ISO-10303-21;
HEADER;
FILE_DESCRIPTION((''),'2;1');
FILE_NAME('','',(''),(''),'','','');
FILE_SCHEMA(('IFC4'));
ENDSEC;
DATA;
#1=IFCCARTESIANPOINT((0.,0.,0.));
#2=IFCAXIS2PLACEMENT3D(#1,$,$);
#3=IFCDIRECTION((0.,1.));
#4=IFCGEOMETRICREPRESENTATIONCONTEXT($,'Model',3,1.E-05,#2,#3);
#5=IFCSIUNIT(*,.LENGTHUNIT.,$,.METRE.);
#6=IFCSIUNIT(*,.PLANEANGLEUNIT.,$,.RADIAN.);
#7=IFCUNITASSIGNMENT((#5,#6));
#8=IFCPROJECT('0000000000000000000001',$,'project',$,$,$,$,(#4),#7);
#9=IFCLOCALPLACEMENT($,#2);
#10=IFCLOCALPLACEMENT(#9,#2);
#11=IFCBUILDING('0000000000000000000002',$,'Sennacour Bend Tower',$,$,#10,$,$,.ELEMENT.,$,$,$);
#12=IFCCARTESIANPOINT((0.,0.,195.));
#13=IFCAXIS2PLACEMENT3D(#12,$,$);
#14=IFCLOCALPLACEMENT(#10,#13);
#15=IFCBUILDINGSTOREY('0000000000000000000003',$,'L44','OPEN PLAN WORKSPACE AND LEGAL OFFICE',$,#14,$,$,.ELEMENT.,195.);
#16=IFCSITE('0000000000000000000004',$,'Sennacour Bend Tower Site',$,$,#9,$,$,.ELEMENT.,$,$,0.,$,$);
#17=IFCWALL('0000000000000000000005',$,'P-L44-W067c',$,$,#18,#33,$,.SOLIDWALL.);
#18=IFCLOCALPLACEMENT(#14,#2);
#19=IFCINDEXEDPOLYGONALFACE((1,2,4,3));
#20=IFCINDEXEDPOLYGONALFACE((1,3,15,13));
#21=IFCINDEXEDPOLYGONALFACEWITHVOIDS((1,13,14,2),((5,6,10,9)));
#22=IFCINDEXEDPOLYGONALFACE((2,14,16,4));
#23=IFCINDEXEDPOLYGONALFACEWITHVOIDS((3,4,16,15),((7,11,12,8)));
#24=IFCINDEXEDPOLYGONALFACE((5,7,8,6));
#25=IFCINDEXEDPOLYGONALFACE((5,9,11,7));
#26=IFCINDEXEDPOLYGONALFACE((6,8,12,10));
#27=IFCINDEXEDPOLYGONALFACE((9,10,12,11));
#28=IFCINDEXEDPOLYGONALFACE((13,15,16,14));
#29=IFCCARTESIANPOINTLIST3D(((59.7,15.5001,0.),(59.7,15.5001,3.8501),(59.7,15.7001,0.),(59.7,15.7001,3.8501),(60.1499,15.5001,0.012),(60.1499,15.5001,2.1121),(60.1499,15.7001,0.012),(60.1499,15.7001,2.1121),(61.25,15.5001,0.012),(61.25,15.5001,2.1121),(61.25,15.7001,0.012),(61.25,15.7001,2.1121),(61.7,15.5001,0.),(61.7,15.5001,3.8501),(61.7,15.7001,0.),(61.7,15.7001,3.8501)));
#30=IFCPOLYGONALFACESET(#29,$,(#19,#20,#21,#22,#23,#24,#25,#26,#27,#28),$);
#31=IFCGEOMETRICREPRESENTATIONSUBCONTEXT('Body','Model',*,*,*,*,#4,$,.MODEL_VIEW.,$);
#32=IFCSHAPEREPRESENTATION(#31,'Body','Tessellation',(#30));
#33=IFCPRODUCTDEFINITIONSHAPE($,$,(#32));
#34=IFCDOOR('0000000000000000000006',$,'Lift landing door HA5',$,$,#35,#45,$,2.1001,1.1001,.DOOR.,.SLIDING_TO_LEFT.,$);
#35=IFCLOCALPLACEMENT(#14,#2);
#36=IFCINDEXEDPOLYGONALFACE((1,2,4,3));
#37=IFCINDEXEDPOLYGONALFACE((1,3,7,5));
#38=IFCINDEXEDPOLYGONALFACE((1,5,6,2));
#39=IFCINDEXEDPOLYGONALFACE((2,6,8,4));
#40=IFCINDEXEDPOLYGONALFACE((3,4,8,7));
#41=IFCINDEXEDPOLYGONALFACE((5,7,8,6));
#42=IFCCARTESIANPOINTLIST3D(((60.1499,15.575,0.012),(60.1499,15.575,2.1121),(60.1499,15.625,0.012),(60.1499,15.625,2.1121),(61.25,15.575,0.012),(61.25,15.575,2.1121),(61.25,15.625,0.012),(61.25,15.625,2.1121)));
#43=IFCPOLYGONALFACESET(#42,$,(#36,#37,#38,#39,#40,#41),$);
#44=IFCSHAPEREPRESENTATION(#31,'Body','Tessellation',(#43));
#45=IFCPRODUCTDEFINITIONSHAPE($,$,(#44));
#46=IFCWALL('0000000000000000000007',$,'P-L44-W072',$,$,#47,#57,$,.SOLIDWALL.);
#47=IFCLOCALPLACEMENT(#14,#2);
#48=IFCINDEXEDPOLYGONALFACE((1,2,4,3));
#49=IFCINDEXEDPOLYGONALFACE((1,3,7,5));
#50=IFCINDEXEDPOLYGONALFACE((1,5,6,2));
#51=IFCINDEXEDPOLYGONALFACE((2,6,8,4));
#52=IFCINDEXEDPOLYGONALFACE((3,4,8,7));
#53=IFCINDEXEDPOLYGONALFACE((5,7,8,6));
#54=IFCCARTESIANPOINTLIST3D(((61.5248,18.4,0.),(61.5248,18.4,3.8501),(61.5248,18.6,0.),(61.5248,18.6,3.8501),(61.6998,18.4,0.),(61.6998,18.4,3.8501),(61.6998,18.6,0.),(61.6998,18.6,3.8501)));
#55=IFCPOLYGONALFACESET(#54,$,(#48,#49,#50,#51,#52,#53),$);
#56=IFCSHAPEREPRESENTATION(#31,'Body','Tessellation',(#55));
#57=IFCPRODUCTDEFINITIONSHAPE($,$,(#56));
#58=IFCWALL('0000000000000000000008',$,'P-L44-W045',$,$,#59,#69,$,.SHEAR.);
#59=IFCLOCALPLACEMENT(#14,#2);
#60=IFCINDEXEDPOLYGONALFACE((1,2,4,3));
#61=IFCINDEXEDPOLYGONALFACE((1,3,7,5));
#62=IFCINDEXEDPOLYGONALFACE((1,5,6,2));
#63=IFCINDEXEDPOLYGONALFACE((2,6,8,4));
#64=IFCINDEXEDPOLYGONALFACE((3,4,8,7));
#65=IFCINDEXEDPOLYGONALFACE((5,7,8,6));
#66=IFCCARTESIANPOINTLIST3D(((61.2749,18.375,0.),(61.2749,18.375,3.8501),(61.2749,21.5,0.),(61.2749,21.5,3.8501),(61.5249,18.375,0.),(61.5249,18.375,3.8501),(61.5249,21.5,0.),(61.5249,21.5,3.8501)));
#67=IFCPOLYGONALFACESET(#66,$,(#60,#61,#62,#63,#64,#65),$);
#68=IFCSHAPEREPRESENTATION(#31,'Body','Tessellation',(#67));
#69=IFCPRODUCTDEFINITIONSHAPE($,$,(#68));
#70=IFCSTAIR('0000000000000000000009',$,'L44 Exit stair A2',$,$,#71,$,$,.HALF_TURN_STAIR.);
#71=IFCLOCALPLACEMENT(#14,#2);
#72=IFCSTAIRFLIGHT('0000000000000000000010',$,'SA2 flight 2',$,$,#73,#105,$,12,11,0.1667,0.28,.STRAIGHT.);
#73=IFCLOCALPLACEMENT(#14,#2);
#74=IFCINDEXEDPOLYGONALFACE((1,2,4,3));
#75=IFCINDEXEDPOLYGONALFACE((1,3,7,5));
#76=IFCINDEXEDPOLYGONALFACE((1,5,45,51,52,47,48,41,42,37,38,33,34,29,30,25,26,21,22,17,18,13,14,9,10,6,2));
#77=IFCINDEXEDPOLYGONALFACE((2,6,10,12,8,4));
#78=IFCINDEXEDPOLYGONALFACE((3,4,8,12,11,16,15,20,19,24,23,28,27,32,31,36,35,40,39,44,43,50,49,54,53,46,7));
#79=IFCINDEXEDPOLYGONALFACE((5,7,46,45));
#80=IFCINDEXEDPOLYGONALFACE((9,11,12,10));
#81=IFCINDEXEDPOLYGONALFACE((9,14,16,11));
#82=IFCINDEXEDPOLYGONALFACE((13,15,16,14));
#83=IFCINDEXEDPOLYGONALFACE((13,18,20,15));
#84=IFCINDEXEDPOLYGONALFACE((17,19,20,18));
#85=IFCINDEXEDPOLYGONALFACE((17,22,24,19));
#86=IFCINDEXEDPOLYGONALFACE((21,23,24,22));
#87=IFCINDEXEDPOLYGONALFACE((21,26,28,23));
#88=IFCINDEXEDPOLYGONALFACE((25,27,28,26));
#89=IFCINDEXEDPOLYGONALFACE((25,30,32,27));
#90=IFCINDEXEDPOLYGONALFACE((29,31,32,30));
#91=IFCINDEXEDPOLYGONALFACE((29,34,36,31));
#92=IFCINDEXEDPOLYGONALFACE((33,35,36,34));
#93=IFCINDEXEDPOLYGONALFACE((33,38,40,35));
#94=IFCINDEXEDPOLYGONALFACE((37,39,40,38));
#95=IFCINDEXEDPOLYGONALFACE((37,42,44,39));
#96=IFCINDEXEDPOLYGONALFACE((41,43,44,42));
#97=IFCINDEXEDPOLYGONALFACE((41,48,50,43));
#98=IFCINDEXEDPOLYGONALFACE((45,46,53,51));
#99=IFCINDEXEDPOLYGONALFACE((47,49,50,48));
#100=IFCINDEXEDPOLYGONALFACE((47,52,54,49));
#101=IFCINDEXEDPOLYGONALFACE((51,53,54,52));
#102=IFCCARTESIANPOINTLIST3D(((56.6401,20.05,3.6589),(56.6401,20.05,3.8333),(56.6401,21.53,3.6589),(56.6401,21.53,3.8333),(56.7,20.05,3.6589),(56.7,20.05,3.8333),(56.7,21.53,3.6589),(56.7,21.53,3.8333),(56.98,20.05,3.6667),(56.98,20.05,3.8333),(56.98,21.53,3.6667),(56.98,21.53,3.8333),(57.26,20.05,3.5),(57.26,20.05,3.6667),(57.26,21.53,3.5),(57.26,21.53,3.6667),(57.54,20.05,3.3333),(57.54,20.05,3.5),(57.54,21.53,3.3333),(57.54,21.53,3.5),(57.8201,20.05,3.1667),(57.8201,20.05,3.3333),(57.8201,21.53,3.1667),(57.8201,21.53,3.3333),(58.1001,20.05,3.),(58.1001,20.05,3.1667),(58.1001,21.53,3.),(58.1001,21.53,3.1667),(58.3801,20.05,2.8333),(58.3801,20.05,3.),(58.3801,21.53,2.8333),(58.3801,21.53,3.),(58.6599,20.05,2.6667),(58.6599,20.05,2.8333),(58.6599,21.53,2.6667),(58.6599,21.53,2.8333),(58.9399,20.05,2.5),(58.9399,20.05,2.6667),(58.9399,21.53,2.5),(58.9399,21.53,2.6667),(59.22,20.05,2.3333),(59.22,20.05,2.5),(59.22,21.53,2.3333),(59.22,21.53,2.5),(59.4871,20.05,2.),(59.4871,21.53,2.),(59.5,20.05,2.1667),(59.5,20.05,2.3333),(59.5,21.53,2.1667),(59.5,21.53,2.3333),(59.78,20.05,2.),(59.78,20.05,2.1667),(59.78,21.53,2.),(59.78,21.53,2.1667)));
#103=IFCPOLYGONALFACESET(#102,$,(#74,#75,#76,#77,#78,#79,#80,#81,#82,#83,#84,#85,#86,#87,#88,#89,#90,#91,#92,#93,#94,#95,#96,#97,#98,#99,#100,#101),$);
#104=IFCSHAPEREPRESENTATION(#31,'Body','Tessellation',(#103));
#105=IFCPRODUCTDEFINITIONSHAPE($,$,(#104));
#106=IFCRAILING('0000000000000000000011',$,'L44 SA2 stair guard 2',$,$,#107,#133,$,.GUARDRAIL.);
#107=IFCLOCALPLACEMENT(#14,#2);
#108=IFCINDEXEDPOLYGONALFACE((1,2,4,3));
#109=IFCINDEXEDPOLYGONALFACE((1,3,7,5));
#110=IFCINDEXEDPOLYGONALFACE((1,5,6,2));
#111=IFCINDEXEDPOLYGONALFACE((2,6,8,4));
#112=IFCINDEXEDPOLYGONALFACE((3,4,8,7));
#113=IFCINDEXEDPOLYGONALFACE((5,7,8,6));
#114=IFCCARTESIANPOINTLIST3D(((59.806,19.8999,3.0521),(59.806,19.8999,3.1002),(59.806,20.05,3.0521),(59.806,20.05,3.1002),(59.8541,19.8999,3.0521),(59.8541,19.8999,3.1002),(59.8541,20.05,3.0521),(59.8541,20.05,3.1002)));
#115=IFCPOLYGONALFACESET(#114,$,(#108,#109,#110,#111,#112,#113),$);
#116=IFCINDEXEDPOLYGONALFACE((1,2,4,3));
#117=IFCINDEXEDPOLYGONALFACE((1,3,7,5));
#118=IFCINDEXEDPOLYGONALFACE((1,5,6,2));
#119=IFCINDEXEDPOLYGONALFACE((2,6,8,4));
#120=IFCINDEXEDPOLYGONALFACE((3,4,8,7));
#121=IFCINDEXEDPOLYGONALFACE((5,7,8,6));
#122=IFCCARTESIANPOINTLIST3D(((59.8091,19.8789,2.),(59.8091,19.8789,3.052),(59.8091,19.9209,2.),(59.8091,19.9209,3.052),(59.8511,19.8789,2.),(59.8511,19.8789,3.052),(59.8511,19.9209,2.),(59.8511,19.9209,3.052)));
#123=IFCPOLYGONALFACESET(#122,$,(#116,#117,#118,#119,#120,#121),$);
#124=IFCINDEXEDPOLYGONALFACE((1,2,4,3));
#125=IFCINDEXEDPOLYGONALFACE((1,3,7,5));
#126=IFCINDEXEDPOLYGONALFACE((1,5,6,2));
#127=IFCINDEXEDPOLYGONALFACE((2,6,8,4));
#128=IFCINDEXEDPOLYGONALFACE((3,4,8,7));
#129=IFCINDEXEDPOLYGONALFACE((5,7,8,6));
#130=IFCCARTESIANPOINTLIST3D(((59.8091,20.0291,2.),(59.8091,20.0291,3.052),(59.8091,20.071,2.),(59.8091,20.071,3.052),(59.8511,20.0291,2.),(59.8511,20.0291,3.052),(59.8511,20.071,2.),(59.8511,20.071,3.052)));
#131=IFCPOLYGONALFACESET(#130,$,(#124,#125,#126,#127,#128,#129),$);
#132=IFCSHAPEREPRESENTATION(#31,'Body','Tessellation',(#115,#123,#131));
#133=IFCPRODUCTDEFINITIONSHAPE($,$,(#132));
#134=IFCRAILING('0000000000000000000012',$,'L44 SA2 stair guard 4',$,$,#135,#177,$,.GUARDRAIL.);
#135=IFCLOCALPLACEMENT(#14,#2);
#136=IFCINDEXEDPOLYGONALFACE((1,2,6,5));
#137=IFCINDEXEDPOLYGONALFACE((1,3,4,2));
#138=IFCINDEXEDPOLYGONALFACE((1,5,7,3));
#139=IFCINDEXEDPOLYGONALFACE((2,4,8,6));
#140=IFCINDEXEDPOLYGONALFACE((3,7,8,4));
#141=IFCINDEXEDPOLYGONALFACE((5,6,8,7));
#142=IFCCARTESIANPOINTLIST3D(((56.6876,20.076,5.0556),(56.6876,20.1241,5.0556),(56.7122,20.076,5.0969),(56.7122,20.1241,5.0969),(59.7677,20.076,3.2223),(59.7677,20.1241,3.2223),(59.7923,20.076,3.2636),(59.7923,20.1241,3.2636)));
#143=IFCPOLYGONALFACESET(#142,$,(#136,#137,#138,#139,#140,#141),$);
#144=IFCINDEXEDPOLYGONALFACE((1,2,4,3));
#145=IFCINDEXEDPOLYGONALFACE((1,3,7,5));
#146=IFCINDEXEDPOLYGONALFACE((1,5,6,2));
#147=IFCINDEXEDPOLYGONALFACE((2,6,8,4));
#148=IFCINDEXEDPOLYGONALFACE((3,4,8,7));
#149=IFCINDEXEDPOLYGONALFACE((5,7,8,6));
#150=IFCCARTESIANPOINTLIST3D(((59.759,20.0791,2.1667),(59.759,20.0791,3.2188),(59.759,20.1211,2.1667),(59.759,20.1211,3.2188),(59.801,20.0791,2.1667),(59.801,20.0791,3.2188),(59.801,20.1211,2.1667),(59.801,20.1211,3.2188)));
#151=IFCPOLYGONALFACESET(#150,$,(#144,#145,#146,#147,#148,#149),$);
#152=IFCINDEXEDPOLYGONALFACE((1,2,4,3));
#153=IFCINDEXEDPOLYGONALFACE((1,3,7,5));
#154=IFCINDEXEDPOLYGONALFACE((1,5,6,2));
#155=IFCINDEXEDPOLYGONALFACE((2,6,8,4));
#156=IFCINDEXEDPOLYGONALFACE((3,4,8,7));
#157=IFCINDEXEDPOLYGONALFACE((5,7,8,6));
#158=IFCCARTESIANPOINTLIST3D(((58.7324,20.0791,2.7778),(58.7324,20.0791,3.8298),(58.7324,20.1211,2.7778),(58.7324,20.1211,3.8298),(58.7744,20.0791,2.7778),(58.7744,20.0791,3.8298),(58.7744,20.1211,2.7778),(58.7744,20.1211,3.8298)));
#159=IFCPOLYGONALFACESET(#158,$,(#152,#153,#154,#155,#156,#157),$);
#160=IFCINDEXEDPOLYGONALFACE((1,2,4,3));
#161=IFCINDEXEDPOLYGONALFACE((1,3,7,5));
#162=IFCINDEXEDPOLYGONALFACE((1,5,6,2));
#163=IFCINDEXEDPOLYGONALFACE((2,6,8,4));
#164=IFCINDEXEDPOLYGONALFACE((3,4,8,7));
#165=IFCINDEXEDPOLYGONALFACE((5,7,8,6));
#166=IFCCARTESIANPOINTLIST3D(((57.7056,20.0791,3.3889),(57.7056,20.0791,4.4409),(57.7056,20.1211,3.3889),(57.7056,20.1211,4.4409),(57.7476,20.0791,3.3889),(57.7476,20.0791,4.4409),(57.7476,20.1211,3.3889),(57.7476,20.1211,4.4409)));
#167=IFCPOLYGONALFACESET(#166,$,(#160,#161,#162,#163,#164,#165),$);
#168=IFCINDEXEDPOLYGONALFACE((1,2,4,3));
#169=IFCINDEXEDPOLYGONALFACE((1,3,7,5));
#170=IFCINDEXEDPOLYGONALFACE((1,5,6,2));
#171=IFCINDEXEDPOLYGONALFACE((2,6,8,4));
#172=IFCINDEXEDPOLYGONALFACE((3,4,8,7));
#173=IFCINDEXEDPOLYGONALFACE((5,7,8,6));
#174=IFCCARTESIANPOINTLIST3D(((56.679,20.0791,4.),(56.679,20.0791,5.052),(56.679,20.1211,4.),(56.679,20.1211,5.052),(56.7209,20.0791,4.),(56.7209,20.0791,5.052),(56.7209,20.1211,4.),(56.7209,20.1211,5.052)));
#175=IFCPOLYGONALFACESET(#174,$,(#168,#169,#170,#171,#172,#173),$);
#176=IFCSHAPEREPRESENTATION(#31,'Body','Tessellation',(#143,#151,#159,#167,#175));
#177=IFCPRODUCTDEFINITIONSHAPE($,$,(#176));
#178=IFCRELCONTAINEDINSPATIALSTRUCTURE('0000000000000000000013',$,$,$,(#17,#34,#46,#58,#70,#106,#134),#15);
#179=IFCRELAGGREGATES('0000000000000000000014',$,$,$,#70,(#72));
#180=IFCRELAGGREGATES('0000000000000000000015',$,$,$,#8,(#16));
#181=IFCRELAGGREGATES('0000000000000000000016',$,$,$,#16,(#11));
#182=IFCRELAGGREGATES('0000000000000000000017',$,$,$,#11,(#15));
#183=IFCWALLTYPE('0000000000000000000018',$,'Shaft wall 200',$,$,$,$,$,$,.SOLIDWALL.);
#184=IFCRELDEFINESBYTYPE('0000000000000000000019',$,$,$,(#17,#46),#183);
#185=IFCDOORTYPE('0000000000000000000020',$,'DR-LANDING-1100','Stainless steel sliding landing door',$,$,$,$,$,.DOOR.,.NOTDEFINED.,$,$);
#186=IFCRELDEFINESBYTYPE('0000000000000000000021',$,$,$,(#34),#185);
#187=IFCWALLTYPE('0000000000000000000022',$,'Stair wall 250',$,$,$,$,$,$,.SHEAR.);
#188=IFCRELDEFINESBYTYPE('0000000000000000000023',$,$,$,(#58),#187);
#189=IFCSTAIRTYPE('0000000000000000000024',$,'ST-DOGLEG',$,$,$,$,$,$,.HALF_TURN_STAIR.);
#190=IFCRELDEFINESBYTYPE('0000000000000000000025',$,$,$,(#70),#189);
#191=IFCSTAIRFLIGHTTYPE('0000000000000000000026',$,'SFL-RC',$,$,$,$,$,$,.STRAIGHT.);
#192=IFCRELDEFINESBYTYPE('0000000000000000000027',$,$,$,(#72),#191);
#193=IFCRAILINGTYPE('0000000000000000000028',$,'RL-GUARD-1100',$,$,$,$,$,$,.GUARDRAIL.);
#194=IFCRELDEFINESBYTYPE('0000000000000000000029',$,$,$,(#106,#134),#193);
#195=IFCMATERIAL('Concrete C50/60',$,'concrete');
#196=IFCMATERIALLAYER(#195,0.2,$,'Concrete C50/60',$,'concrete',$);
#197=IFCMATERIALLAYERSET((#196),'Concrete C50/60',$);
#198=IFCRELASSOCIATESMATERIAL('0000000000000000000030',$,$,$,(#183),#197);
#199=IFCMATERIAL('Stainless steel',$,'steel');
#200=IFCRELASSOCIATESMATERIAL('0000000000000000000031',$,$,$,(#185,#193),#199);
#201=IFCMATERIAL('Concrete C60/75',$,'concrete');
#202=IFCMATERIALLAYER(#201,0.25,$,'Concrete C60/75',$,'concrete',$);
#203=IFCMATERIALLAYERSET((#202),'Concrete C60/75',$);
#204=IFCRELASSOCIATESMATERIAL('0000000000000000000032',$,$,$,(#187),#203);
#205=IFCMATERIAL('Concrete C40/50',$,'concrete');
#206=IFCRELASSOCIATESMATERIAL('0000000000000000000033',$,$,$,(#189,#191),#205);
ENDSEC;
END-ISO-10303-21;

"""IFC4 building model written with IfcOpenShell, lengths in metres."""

from ifc_helpers import new_model, si_unit, direction, frame, frame_2d, origin, origin_2d, place, context, subcontext, project, spatial, polyline, rectangle, outline, extrude, material, layer, layer_set, type_object, element, fill, aggregate, save


model = new_model("IFC4")

# Units and contexts
model_context = context("Model", 3, precision=1e-05, world=origin(), true_north=direction((0.0, 1.0)))
body_context = subcontext(model_context, "Body", "Model", "MODEL_VIEW")
ifc_project = project(units=[si_unit("LENGTHUNIT", "METRE"), si_unit("PLANEANGLEUNIT", "RADIAN")], contexts=[model_context])

# Site, building, storey
site_placement = place(None, origin())
site = spatial("IfcSite", under=ifc_project, at=site_placement, Name="Sennacour Bend Tower Site", CompositionType="ELEMENT", RefElevation=0.0)
building_placement = place(site_placement, origin())
building = spatial("IfcBuilding", under=site, at=building_placement, Name="Sennacour Bend Tower", CompositionType="ELEMENT")
storey_placement = place(building_placement, frame((0.0, 0.0, 195.0)))
storey = spatial("IfcBuildingStorey", under=building, at=storey_placement, Name="L44", Description="OPEN PLAN WORKSPACE AND LEGAL OFFICE", CompositionType="ELEMENT", Elevation=195.0)

# Shared definitions
ifc_material_1 = material(Name="Concrete C50/60", Category="concrete")
ifc_layer_1 = layer(ifc_material_1, 0.2, Name="Concrete C50/60", Category="concrete")
ifc_layer_set_1 = layer_set([ifc_layer_1], Name="Concrete C50/60")
wall_type_1 = type_object("IfcWallType", Name="Shaft wall 200", PredefinedType="SOLIDWALL", material=ifc_layer_set_1)

# Shared definitions
ifc_material_2 = material(Name="Stainless steel", Category="steel")
door_type_1 = type_object("IfcDoorType", Name="DR-LANDING-1100", Description="Stainless steel sliding landing door", OperationType="NOTDEFINED", PredefinedType="DOOR", material=ifc_material_2)

# Wall, opening, door
wall_1_placement = place(storey_placement, frame((59.7, 15.6001, 0.0), z_axis=(0.0, 0.0, 1.0), x_axis=(1.0, 0.0, 0.0)))
wall_1 = element("IfcWall", 1, at=wall_1_placement, inside=storey, type_object=wall_type_1, Name="P-L44-W067c", PredefinedType="SOLIDWALL", context=body_context, shape_type="SweptSolid", body=[
    extrude(rectangle(XDim=2.0, YDim=0.2, at=frame_2d((1.0, 0.0))), origin(), (0.0, 0.0, 1.0), 3.8501),
])
opening_1_placement = place(wall_1_placement, frame((0.45, 0.0, 0.012)))
opening_1 = element("IfcOpeningElement", 2, at=opening_1_placement, cuts=wall_1, PredefinedType="OPENING", context=body_context, shape_type="SweptSolid", body=[
    extrude(rectangle(XDim=1.1001, YDim=2.1001, at=frame_2d((0.55, 1.05))), frame((0.0, 0.1099, 0.0), z_axis=(0.0, -1.0, 0.0), x_axis=(1.0, 0.0, 0.0)), (0.0, 0.0, 1.0), 0.22),
])
door_1_placement = place(opening_1_placement, origin())
door_1 = element("IfcDoor", 3, at=door_1_placement, inside=storey, type_object=door_type_1, Name="Lift landing door HA5", OperationType="SLIDING_TO_LEFT", OverallHeight=2.1001, OverallWidth=1.1001, PredefinedType="DOOR", context=body_context, shape_type="SweptSolid", body=[
    extrude(rectangle(XDim=1.1001, YDim=2.1001, at=frame_2d((0.55, 1.05))), frame((0.0, 0.0249, 0.0), z_axis=(0.0, -1.0, 0.0), x_axis=(1.0, 0.0, 0.0)), (0.0, 0.0, 1.0), 0.05),
])
fill(opening_1, door_1)

# Walls
wall_2_placement = place(storey_placement, frame((61.5249, 18.5, 0.0), z_axis=(0.0, 0.0, 1.0), x_axis=(1.0, 0.0, 0.0)))
element("IfcWall", 4, at=wall_2_placement, inside=storey, type_object=wall_type_1, Name="P-L44-W072", PredefinedType="SOLIDWALL", context=body_context, shape_type="SweptSolid", body=[
    extrude(rectangle(XDim=0.175, YDim=0.2, at=frame_2d((0.0874, 0.0))), origin(), (0.0, 0.0, 1.0), 3.8501),
])
ifc_material_3 = material(Name="Concrete C60/75", Category="concrete")
ifc_layer_2 = layer(ifc_material_3, 0.25, Name="Concrete C60/75", Category="concrete")
ifc_layer_set_2 = layer_set([ifc_layer_2], Name="Concrete C60/75")
wall_type_2 = type_object("IfcWallType", Name="Stair wall 250", PredefinedType="SHEAR", material=ifc_layer_set_2)
wall_3_placement = place(storey_placement, frame((61.3999, 18.375, 0.0), z_axis=(0.0, 0.0, 1.0), x_axis=(0.0, 1.0, 0.0)))
element("IfcWall", 5, at=wall_3_placement, inside=storey, type_object=wall_type_2, Name="P-L44-W045", PredefinedType="SHEAR", context=body_context, shape_type="SweptSolid", body=[
    extrude(rectangle(XDim=3.125, YDim=0.25, at=frame_2d((1.5625, 0.0))), origin(), (0.0, 0.0, 1.0), 3.8501),
])

# Stair, stair flight
ifc_material_4 = material(Name="Concrete C40/50", Category="concrete")
stair_type = type_object("IfcStairType", Name="ST-DOGLEG", PredefinedType="HALF_TURN_STAIR", material=ifc_material_4)
stair_placement = place(storey_placement, origin())
stair = element("IfcStair", 6, at=stair_placement, inside=storey, type_object=stair_type, Name="L44 Exit stair A2", PredefinedType="HALF_TURN_STAIR")
stair_flight_type = type_object("IfcStairFlightType", Name="SFL-RC", PredefinedType="STRAIGHT", material=ifc_material_4)
stair_flight_placement = place(storey_placement, frame((59.78, 20.79, 2.0), z_axis=(0.0, 0.0, 1.0), x_axis=(-1.0, 0.0, 0.0)))
stair_flight = element("IfcStairFlight", 7, at=stair_flight_placement, type_object=stair_flight_type, Name="SA2 flight 2", NumberOfRisers=12, NumberOfTreads=11, PredefinedType="STRAIGHT", RiserHeight=0.1667, TreadLength=0.28, context=body_context, shape_type="SweptSolid", body=[
    extrude(outline(polyline([(0.0, 0.0), (0.0, 0.1667), (0.28, 0.1667), (0.28, 0.3333), (0.5601, 0.3333), (0.5601, 0.5), (0.8401, 0.5), (0.8401, 0.6667), (1.1201, 0.6667), (1.1201, 0.8333), (1.3999, 0.8333), (1.3999, 1.0), (1.6799, 1.0), (1.6799, 1.1667), (1.96, 1.1667), (1.96, 1.3333), (2.24, 1.3333), (2.24, 1.5), (2.52, 1.5), (2.52, 1.6667), (2.8, 1.6667), (2.8, 1.8333), (3.0801, 1.8333), (3.1399, 1.8333), (3.1399, 1.6589), (3.0801, 1.6589), (0.293, 0.0), (0.0, 0.0)])), frame((0.0, 0.74, 0.0), z_axis=(0.0, -1.0, 0.0), x_axis=(1.0, 0.0, 0.0)), (0.0, 0.0, 1.0), 1.48),
])
aggregate(stair, [stair_flight])

# Railings
railing_type_1 = type_object("IfcRailingType", Name="RL-GUARD-1100", PredefinedType="GUARDRAIL", material=ifc_material_2)
railing_1_placement = place(storey_placement, frame((59.8301, 19.8999, 2.0)))
element("IfcRailing", 8, at=railing_1_placement, inside=storey, type_object=railing_type_1, Name="L44 SA2 stair guard 2", PredefinedType="GUARDRAIL", context=body_context, shape_type="SweptSolid", body=[
    extrude(rectangle(XDim=0.0481, YDim=0.0481, at=origin_2d()), frame((0.0, 0.0, 1.0762), z_axis=(0.0, 1.0, 0.0), x_axis=(-1.0, 0.0, 0.0)), (0.0, 0.0, 1.0), 0.1501),
    extrude(rectangle(XDim=0.042, YDim=0.042, at=origin_2d()), origin(), (0.0, 0.0, 1.0), 1.052),
    extrude(rectangle(XDim=0.042, YDim=0.042, at=origin_2d()), frame((0.0, 0.1501, 0.0)), (0.0, 0.0, 1.0), 1.052),
])
railing_2_placement = place(storey_placement, frame((59.78, 20.1001, 2.1667)))
element("IfcRailing", 9, at=railing_2_placement, inside=storey, type_object=railing_type_1, Name="L44 SA2 stair guard 4", PredefinedType="GUARDRAIL", context=body_context, shape_type="SweptSolid", body=[
    extrude(rectangle(XDim=0.0481, YDim=0.0481, at=origin_2d()), frame((0.0, 0.0, 1.0762), z_axis=(-0.859309, 0.0, 0.511458), x_axis=(0.0, -1.0, 0.0)), (0.0, 0.0, 1.0), 3.5845),
    extrude(rectangle(XDim=0.042, YDim=0.042, at=origin_2d()), origin(), (0.0, 0.0, 1.0), 1.052),
    extrude(rectangle(XDim=0.042, YDim=0.042, at=origin_2d()), frame((-1.0266, 0.0, 0.6111)), (0.0, 0.0, 1.0), 1.052),
    extrude(rectangle(XDim=0.042, YDim=0.042, at=origin_2d()), frame((-2.0535, 0.0, 1.2222)), (0.0, 0.0, 1.0), 1.052),
    extrude(rectangle(XDim=0.042, YDim=0.042, at=origin_2d()), frame((-3.0801, 0.0, 1.8333)), (0.0, 0.0, 1.0), 1.052),
])

save(model, "model.ifc")
